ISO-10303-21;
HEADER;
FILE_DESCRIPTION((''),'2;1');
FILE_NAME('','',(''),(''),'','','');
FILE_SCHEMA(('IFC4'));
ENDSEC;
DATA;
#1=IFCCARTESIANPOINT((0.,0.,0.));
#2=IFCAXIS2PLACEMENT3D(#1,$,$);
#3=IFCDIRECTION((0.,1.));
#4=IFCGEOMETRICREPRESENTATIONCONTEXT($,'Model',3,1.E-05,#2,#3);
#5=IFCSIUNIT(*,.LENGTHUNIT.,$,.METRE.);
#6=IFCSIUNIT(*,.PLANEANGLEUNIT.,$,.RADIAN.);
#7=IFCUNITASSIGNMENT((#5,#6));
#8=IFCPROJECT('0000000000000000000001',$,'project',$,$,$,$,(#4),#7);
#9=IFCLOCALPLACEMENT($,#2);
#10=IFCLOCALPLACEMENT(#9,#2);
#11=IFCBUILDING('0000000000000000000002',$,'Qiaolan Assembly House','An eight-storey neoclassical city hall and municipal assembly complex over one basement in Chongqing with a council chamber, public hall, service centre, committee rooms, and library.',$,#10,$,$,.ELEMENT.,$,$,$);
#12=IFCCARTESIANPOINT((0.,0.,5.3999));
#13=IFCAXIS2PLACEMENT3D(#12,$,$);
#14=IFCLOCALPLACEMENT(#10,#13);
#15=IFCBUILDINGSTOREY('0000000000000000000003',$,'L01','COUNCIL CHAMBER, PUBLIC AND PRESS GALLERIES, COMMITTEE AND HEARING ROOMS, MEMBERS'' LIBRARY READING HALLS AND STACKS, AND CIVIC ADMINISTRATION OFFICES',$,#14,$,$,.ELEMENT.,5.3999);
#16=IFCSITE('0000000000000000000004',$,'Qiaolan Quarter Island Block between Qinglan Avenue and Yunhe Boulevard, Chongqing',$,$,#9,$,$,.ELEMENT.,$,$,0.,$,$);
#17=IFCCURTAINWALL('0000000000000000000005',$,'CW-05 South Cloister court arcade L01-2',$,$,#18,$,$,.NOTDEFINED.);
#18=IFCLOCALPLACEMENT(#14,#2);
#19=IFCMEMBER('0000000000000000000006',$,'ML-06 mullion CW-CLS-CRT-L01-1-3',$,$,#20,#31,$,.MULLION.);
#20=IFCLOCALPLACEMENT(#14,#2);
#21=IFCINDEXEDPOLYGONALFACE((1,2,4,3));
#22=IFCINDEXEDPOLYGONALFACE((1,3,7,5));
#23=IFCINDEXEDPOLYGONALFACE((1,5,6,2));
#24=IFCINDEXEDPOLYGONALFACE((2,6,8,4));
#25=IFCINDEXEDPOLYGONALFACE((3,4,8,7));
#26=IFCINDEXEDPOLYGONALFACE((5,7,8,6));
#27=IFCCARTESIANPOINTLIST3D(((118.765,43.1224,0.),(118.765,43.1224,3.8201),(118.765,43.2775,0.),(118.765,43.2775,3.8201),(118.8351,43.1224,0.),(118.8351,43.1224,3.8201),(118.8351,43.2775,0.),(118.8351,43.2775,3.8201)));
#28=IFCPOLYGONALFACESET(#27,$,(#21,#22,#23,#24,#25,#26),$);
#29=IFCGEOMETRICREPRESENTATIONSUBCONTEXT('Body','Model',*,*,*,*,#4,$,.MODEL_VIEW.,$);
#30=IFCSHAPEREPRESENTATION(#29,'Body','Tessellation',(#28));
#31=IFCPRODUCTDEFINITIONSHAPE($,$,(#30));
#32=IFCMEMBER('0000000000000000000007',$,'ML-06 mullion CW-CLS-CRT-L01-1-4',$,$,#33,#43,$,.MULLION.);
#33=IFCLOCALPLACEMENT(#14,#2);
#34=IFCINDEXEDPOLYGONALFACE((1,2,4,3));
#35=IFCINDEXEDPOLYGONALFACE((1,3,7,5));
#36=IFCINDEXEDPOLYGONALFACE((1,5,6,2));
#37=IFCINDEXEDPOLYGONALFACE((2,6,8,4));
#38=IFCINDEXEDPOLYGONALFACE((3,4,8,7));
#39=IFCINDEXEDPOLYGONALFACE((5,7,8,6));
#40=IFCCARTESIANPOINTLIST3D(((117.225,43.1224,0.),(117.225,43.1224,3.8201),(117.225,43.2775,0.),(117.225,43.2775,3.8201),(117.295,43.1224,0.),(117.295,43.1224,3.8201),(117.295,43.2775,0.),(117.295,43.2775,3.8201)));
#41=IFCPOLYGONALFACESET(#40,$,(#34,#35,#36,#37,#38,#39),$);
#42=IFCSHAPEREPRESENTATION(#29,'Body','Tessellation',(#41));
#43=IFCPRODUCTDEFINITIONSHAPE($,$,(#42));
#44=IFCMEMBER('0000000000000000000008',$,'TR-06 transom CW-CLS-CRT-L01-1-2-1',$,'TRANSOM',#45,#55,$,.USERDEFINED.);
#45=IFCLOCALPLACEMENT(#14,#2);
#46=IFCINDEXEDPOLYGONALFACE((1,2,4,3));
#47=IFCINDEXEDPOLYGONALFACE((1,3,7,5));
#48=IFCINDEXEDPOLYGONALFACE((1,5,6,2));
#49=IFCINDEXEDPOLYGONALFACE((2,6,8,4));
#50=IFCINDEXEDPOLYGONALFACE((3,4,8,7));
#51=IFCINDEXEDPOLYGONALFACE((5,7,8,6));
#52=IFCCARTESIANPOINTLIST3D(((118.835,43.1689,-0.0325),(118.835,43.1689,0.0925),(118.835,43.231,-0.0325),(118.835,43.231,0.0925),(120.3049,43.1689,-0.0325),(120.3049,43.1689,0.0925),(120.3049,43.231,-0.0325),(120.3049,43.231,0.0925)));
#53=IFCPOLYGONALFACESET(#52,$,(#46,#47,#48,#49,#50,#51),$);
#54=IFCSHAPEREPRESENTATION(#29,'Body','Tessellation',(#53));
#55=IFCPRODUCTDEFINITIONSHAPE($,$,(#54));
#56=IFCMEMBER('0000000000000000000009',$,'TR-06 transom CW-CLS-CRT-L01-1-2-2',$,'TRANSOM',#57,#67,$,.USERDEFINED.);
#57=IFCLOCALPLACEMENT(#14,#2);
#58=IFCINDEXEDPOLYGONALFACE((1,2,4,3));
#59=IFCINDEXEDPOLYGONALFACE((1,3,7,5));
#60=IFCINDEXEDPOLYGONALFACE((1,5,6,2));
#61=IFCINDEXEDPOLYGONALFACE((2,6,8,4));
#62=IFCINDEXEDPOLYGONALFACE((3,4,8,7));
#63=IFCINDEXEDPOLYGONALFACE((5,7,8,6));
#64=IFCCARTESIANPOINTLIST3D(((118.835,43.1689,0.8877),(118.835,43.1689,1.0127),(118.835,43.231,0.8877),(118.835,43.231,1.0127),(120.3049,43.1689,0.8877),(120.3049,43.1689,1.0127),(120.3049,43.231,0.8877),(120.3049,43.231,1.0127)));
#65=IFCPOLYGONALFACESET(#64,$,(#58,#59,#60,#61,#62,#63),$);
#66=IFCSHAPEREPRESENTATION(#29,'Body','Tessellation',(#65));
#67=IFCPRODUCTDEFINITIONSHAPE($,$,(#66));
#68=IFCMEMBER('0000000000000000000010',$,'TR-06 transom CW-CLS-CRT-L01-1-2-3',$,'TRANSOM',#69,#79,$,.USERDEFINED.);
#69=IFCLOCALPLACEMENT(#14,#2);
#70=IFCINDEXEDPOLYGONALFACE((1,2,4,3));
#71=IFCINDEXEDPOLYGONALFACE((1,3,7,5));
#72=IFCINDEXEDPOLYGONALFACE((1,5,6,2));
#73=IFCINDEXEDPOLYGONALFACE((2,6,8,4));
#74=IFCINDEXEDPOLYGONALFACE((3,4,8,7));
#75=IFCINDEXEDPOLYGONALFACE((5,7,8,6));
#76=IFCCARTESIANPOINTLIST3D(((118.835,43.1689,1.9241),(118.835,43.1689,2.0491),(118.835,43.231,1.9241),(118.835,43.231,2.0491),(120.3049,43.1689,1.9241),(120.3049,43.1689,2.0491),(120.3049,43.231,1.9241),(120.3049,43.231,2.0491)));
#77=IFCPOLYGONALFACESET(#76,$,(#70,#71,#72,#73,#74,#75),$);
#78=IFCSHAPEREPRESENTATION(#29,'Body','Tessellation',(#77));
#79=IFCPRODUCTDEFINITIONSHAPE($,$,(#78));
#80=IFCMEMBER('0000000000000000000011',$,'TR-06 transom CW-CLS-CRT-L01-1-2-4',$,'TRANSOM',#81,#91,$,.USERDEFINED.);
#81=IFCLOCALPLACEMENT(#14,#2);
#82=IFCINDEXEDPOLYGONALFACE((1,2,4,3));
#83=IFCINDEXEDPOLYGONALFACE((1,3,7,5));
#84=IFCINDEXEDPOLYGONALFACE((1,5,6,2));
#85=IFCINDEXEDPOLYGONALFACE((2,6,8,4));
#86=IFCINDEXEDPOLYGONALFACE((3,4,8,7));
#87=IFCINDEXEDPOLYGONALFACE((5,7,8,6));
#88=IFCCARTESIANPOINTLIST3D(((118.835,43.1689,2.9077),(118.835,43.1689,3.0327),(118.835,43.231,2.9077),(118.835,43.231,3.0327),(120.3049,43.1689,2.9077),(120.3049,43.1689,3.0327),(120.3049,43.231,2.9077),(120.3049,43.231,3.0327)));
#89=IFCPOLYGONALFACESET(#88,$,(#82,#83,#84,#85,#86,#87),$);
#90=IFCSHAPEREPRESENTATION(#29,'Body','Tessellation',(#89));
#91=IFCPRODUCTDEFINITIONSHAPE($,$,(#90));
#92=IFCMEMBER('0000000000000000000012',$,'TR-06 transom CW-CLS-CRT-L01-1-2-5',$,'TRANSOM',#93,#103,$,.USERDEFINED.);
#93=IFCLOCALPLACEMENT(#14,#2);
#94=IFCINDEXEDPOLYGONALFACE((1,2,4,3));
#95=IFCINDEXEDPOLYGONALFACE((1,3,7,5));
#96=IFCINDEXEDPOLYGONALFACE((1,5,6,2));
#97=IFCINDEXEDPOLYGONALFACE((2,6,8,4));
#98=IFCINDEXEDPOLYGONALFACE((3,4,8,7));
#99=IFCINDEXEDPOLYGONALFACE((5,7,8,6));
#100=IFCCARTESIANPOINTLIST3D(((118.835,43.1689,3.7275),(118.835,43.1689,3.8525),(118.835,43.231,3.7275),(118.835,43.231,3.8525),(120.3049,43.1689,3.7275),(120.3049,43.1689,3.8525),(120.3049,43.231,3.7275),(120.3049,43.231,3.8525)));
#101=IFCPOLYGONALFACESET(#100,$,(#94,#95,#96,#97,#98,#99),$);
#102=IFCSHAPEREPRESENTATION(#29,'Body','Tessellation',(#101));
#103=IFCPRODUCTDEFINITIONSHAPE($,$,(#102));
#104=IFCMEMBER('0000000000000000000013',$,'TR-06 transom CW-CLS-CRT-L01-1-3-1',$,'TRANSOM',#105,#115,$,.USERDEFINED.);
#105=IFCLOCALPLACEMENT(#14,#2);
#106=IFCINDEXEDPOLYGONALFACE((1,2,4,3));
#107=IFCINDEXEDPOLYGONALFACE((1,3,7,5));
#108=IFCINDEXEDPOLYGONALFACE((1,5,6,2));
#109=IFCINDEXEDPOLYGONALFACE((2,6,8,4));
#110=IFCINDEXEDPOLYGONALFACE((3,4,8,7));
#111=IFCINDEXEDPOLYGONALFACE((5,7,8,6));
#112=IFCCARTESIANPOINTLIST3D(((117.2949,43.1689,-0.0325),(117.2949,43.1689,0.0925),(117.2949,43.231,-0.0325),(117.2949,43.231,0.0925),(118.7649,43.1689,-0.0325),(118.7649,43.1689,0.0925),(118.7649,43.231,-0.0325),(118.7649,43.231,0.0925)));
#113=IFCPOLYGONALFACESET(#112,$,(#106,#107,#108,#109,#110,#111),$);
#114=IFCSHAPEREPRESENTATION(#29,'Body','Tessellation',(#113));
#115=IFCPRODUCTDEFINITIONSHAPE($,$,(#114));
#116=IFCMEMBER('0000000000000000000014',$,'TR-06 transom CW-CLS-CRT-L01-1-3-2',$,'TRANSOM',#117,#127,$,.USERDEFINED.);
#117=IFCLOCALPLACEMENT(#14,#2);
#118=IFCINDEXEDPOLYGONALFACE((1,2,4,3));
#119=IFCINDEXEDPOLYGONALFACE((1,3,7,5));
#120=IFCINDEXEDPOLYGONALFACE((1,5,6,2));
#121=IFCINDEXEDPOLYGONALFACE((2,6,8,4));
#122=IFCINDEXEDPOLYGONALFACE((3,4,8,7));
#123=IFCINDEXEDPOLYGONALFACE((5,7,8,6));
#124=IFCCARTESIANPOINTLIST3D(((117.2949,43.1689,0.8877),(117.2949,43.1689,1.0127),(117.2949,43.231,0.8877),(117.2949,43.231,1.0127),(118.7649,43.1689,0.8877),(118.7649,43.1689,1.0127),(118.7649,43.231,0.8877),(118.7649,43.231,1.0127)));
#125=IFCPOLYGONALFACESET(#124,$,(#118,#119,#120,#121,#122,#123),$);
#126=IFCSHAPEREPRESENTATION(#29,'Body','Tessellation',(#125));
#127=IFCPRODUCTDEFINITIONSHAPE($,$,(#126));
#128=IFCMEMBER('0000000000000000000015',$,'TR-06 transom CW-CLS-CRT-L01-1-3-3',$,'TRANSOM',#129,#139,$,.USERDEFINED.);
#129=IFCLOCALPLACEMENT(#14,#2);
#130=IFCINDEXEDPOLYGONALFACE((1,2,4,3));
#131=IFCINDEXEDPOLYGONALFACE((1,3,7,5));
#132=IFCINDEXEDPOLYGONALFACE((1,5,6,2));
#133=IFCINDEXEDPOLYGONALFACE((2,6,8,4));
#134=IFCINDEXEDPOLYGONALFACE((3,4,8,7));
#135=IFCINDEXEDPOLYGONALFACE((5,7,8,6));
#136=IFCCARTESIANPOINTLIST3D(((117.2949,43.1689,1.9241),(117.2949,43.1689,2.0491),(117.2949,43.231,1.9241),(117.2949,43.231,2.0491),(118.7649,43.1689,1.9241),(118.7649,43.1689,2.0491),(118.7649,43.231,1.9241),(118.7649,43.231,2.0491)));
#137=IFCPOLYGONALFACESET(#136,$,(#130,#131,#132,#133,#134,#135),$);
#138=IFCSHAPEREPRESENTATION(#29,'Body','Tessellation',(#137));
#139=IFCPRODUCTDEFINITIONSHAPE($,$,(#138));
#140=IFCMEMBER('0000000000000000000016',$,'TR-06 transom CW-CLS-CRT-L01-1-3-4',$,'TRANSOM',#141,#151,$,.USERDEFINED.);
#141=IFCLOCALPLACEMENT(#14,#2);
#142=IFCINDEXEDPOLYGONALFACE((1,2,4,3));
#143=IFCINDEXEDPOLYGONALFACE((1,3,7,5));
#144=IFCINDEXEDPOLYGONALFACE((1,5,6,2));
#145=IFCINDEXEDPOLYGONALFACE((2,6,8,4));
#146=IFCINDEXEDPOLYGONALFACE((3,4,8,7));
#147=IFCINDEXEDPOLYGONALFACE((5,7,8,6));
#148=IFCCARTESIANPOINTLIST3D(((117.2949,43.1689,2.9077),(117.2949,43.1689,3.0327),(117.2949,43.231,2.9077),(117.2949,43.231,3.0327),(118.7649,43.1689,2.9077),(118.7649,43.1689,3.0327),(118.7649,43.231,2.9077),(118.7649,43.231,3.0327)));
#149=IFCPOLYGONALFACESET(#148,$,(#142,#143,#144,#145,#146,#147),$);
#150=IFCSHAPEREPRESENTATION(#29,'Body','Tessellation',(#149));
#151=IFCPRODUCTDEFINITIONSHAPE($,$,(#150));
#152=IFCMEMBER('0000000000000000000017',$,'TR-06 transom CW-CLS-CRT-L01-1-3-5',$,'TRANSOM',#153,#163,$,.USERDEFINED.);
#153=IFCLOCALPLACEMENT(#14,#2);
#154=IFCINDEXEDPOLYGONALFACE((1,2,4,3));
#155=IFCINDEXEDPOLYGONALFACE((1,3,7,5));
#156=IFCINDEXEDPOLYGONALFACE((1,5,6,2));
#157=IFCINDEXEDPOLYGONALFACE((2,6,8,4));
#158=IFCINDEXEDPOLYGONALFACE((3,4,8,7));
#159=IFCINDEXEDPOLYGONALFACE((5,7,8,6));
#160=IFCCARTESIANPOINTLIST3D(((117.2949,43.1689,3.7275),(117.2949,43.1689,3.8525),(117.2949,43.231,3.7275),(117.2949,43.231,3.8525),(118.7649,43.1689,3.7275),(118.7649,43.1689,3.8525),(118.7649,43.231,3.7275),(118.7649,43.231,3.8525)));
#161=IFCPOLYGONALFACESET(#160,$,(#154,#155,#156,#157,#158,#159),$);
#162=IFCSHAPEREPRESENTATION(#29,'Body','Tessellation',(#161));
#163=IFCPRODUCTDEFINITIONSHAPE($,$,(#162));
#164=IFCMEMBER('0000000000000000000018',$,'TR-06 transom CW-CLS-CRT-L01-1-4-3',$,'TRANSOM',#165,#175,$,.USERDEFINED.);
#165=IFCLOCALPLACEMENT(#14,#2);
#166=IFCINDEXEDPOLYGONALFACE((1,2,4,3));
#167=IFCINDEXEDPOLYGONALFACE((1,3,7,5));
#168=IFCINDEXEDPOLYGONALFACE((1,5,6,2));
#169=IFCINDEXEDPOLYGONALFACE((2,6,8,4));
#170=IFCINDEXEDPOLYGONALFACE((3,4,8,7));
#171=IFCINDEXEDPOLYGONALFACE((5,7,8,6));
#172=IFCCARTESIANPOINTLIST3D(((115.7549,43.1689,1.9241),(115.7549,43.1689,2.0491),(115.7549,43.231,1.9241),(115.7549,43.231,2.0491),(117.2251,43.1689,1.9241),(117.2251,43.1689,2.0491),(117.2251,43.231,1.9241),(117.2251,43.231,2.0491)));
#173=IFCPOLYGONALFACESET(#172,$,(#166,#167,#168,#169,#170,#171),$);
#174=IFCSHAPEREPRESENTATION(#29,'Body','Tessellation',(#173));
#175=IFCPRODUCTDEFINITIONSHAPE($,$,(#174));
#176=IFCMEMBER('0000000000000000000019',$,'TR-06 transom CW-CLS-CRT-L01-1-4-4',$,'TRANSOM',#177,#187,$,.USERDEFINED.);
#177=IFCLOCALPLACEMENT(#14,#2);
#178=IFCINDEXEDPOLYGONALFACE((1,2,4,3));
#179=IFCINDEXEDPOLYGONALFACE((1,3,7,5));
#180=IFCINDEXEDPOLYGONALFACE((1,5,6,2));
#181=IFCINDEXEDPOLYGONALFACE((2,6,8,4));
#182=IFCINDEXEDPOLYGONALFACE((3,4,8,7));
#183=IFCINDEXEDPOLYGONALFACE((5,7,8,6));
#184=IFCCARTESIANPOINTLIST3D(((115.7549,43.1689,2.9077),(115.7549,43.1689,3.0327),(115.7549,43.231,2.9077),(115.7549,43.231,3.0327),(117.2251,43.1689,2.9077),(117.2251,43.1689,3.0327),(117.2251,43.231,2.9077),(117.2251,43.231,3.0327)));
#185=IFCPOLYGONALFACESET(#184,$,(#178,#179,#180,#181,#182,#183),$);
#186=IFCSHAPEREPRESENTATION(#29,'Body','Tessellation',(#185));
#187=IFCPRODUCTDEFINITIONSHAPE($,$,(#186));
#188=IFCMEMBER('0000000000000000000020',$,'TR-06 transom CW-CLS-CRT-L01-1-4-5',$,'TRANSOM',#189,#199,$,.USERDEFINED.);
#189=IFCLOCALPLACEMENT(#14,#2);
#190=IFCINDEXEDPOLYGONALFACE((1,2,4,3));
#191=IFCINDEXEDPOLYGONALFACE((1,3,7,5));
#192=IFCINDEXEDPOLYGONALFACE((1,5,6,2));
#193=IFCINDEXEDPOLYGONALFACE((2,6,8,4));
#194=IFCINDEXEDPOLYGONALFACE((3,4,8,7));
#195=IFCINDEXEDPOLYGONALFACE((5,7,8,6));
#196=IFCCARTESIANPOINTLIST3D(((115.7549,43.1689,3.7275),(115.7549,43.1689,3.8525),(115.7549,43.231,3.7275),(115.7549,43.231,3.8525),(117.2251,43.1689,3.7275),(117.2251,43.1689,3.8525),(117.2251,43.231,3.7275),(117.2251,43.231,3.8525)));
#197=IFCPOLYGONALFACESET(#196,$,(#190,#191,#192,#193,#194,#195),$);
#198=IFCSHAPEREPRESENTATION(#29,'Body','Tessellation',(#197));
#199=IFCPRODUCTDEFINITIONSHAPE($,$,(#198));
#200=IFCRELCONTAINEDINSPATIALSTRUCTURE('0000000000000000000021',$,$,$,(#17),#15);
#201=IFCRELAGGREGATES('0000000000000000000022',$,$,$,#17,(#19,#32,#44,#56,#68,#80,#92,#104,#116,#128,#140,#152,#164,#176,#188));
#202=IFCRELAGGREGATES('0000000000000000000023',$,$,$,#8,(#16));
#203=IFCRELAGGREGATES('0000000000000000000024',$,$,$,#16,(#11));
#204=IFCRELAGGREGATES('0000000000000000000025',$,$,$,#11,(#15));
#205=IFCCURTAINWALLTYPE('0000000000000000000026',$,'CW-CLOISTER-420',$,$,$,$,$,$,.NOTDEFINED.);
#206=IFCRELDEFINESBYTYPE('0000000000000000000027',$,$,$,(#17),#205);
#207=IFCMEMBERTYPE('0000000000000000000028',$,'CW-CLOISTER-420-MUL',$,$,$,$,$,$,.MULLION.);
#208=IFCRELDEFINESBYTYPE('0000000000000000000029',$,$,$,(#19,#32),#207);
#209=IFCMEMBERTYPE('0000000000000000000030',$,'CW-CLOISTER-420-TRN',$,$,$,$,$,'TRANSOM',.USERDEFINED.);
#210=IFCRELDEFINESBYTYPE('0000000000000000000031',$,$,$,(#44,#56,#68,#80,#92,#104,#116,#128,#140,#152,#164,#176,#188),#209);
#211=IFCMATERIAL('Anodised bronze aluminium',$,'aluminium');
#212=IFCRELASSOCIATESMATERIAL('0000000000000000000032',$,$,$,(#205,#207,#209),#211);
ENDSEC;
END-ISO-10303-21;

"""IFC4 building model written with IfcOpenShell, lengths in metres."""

from ifc_helpers import new_model, si_unit, direction, frame, origin, origin_2d, place, context, subcontext, project, spatial, rectangle, extrude, material, material_profile, profile_set, type_object, element, aggregate, save


model = new_model("IFC4")

# Units and contexts
model_context = context("Model", 3, precision=1e-05, world=origin(), true_north=direction((0.0, 1.0)))
body_context = subcontext(model_context, "Body", "Model", "MODEL_VIEW")
ifc_project = project(units=[si_unit("LENGTHUNIT", "METRE"), si_unit("PLANEANGLEUNIT", "RADIAN")], contexts=[model_context])

# Site, building, storey
site_placement = place(None, origin())
site = spatial("IfcSite", under=ifc_project, at=site_placement, Name="Qiaolan Quarter Island Block between Qinglan Avenue and Yunhe Boulevard, Chongqing", CompositionType="ELEMENT", RefElevation=0.0)
building_placement = place(site_placement, origin())
building = spatial("IfcBuilding", under=site, at=building_placement, Name="Qiaolan Assembly House", Description="An eight-storey neoclassical city hall and municipal assembly complex over one basement in Chongqing with a council chamber, public hall, service centre, committee rooms, and library.", CompositionType="ELEMENT")
storey_placement = place(building_placement, frame((0.0, 0.0, 5.3999)))
storey = spatial("IfcBuildingStorey", under=building, at=storey_placement, Name="L01", Description="COUNCIL CHAMBER, PUBLIC AND PRESS GALLERIES, COMMITTEE AND HEARING ROOMS, MEMBERS' LIBRARY READING HALLS AND STACKS, AND CIVIC ADMINISTRATION OFFICES", CompositionType="ELEMENT", Elevation=5.3999)

# Curtain wall, members
ifc_material_1 = material(Name="Anodised bronze aluminium", Category="aluminium")
curtain_wall_type = type_object("IfcCurtainWallType", Name="CW-CLOISTER-420", PredefinedType="NOTDEFINED", material=ifc_material_1)
curtain_wall_placement = place(storey_placement, origin())
curtain_wall = element("IfcCurtainWall", 1, at=curtain_wall_placement, inside=storey, type_object=curtain_wall_type, Name="CW-05 South Cloister court arcade L01-2", PredefinedType="NOTDEFINED")
ifc_material_profile_1 = material_profile(ifc_material_1, rectangle(XDim=0.0701, YDim=0.155, at=origin_2d()), Name="MUL 70x155")
ifc_profile_set_1 = profile_set([ifc_material_profile_1], Name="Anodised bronze aluminium")
member_type_1 = type_object("IfcMemberType", Name="CW-CLOISTER-420-MUL", PredefinedType="MULLION", material=ifc_profile_set_1)
member_1_placement = place(storey_placement, frame((118.8, 43.2, 0.0), z_axis=(0.0, 0.0, 1.0), x_axis=(-1.0, 0.0, 0.0)))
member_1 = element("IfcMember", 2, at=member_1_placement, type_object=member_type_1, Name="ML-06 mullion CW-CLS-CRT-L01-1-3", PredefinedType="MULLION", context=body_context, shape_type="SweptSolid", body=[
    extrude(rectangle(XDim=0.0701, YDim=0.155, at=origin_2d()), origin(), (0.0, 0.0, 1.0), 3.8201),
])
member_2_placement = place(storey_placement, frame((117.26, 43.2, 0.0), z_axis=(0.0, 0.0, 1.0), x_axis=(-1.0, 0.0, 0.0)))
member_2 = element("IfcMember", 3, at=member_2_placement, type_object=member_type_1, Name="ML-06 mullion CW-CLS-CRT-L01-1-4", PredefinedType="MULLION", context=body_context, shape_type="SweptSolid", body=[
    extrude(rectangle(XDim=0.0701, YDim=0.155, at=origin_2d()), origin(), (0.0, 0.0, 1.0), 3.8201),
])
ifc_material_profile_2 = material_profile(ifc_material_1, rectangle(XDim=0.062, YDim=0.125, at=origin_2d()), Name="TRN 62x125")
ifc_profile_set_2 = profile_set([ifc_material_profile_2], Name="Anodised bronze aluminium")
member_type_2 = type_object("IfcMemberType", Name="CW-CLOISTER-420-TRN", ElementType="TRANSOM", PredefinedType="USERDEFINED", material=ifc_profile_set_2)
member_3_placement = place(storey_placement, frame((120.3049, 43.2, 0.03), z_axis=(-1.0, 0.0, 0.0), x_axis=(0.0, -1.0, 0.0)))
member_3 = element("IfcMember", 4, at=member_3_placement, type_object=member_type_2, Name="TR-06 transom CW-CLS-CRT-L01-1-2-1", ObjectType="TRANSOM", PredefinedType="USERDEFINED", context=body_context, shape_type="SweptSolid", body=[
    extrude(rectangle(XDim=0.062, YDim=0.125, at=origin_2d()), origin(), (0.0, 0.0, 1.0), 1.47),
])
member_4_placement = place(storey_placement, frame((120.3049, 43.2, 0.9502), z_axis=(-1.0, 0.0, 0.0), x_axis=(0.0, -1.0, 0.0)))
member_4 = element("IfcMember", 5, at=member_4_placement, type_object=member_type_2, Name="TR-06 transom CW-CLS-CRT-L01-1-2-2", ObjectType="TRANSOM", PredefinedType="USERDEFINED", context=body_context, shape_type="SweptSolid", body=[
    extrude(rectangle(XDim=0.062, YDim=0.125, at=origin_2d()), origin(), (0.0, 0.0, 1.0), 1.47),
])
member_5_placement = place(storey_placement, frame((120.3049, 43.2, 1.9866), z_axis=(-1.0, 0.0, 0.0), x_axis=(0.0, -1.0, 0.0)))
member_5 = element("IfcMember", 6, at=member_5_placement, type_object=member_type_2, Name="TR-06 transom CW-CLS-CRT-L01-1-2-3", ObjectType="TRANSOM", PredefinedType="USERDEFINED", context=body_context, shape_type="SweptSolid", body=[
    extrude(rectangle(XDim=0.062, YDim=0.125, at=origin_2d()), origin(), (0.0, 0.0, 1.0), 1.47),
])
member_6_placement = place(storey_placement, frame((120.3049, 43.2, 2.9702), z_axis=(-1.0, 0.0, 0.0), x_axis=(0.0, -1.0, 0.0)))
member_6 = element("IfcMember", 7, at=member_6_placement, type_object=member_type_2, Name="TR-06 transom CW-CLS-CRT-L01-1-2-4", ObjectType="TRANSOM", PredefinedType="USERDEFINED", context=body_context, shape_type="SweptSolid", body=[
    extrude(rectangle(XDim=0.062, YDim=0.125, at=origin_2d()), origin(), (0.0, 0.0, 1.0), 1.47),
])
member_7_placement = place(storey_placement, frame((120.3049, 43.2, 3.79), z_axis=(-1.0, 0.0, 0.0), x_axis=(0.0, -1.0, 0.0)))
member_7 = element("IfcMember", 8, at=member_7_placement, type_object=member_type_2, Name="TR-06 transom CW-CLS-CRT-L01-1-2-5", ObjectType="TRANSOM", PredefinedType="USERDEFINED", context=body_context, shape_type="SweptSolid", body=[
    extrude(rectangle(XDim=0.062, YDim=0.125, at=origin_2d()), origin(), (0.0, 0.0, 1.0), 1.47),
])
member_8_placement = place(storey_placement, frame((118.7649, 43.2, 0.03), z_axis=(-1.0, 0.0, 0.0), x_axis=(0.0, -1.0, 0.0)))
member_8 = element("IfcMember", 9, at=member_8_placement, type_object=member_type_2, Name="TR-06 transom CW-CLS-CRT-L01-1-3-1", ObjectType="TRANSOM", PredefinedType="USERDEFINED", context=body_context, shape_type="SweptSolid", body=[
    extrude(rectangle(XDim=0.062, YDim=0.125, at=origin_2d()), origin(), (0.0, 0.0, 1.0), 1.47),
])
member_9_placement = place(storey_placement, frame((118.7649, 43.2, 0.9502), z_axis=(-1.0, 0.0, 0.0), x_axis=(0.0, -1.0, 0.0)))
member_9 = element("IfcMember", 10, at=member_9_placement, type_object=member_type_2, Name="TR-06 transom CW-CLS-CRT-L01-1-3-2", ObjectType="TRANSOM", PredefinedType="USERDEFINED", context=body_context, shape_type="SweptSolid", body=[
    extrude(rectangle(XDim=0.062, YDim=0.125, at=origin_2d()), origin(), (0.0, 0.0, 1.0), 1.47),
])
member_10_placement = place(storey_placement, frame((118.7649, 43.2, 1.9866), z_axis=(-1.0, 0.0, 0.0), x_axis=(0.0, -1.0, 0.0)))
member_10 = element("IfcMember", 11, at=member_10_placement, type_object=member_type_2, Name="TR-06 transom CW-CLS-CRT-L01-1-3-3", ObjectType="TRANSOM", PredefinedType="USERDEFINED", context=body_context, shape_type="SweptSolid", body=[
    extrude(rectangle(XDim=0.062, YDim=0.125, at=origin_2d()), origin(), (0.0, 0.0, 1.0), 1.47),
])
member_11_placement = place(storey_placement, frame((118.7649, 43.2, 2.9702), z_axis=(-1.0, 0.0, 0.0), x_axis=(0.0, -1.0, 0.0)))
member_11 = element("IfcMember", 12, at=member_11_placement, type_object=member_type_2, Name="TR-06 transom CW-CLS-CRT-L01-1-3-4", ObjectType="TRANSOM", PredefinedType="USERDEFINED", context=body_context, shape_type="SweptSolid", body=[
    extrude(rectangle(XDim=0.062, YDim=0.125, at=origin_2d()), origin(), (0.0, 0.0, 1.0), 1.47),
])
member_12_placement = place(storey_placement, frame((118.7649, 43.2, 3.79), z_axis=(-1.0, 0.0, 0.0), x_axis=(0.0, -1.0, 0.0)))
member_12 = element("IfcMember", 13, at=member_12_placement, type_object=member_type_2, Name="TR-06 transom CW-CLS-CRT-L01-1-3-5", ObjectType="TRANSOM", PredefinedType="USERDEFINED", context=body_context, shape_type="SweptSolid", body=[
    extrude(rectangle(XDim=0.062, YDim=0.125, at=origin_2d()), origin(), (0.0, 0.0, 1.0), 1.47),
])
member_13_placement = place(storey_placement, frame((117.2251, 43.2, 1.9866), z_axis=(-1.0, 0.0, 0.0), x_axis=(0.0, -1.0, 0.0)))
member_13 = element("IfcMember", 14, at=member_13_placement, type_object=member_type_2, Name="TR-06 transom CW-CLS-CRT-L01-1-4-3", ObjectType="TRANSOM", PredefinedType="USERDEFINED", context=body_context, shape_type="SweptSolid", body=[
    extrude(rectangle(XDim=0.062, YDim=0.125, at=origin_2d()), origin(), (0.0, 0.0, 1.0), 1.4702),
])
member_14_placement = place(storey_placement, frame((117.2251, 43.2, 2.9702), z_axis=(-1.0, 0.0, 0.0), x_axis=(0.0, -1.0, 0.0)))
member_14 = element("IfcMember", 15, at=member_14_placement, type_object=member_type_2, Name="TR-06 transom CW-CLS-CRT-L01-1-4-4", ObjectType="TRANSOM", PredefinedType="USERDEFINED", context=body_context, shape_type="SweptSolid", body=[
    extrude(rectangle(XDim=0.062, YDim=0.125, at=origin_2d()), origin(), (0.0, 0.0, 1.0), 1.4702),
])
member_15_placement = place(storey_placement, frame((117.2251, 43.2, 3.79), z_axis=(-1.0, 0.0, 0.0), x_axis=(0.0, -1.0, 0.0)))
member_15 = element("IfcMember", 16, at=member_15_placement, type_object=member_type_2, Name="TR-06 transom CW-CLS-CRT-L01-1-4-5", ObjectType="TRANSOM", PredefinedType="USERDEFINED", context=body_context, shape_type="SweptSolid", body=[
    extrude(rectangle(XDim=0.062, YDim=0.125, at=origin_2d()), origin(), (0.0, 0.0, 1.0), 1.4702),
])
aggregate(curtain_wall, [member_1, member_2, member_3, member_4, member_5, member_6, member_7, member_8, member_9, member_10, member_11, member_12, member_13, member_14, member_15])

save(model, "model.ifc")
